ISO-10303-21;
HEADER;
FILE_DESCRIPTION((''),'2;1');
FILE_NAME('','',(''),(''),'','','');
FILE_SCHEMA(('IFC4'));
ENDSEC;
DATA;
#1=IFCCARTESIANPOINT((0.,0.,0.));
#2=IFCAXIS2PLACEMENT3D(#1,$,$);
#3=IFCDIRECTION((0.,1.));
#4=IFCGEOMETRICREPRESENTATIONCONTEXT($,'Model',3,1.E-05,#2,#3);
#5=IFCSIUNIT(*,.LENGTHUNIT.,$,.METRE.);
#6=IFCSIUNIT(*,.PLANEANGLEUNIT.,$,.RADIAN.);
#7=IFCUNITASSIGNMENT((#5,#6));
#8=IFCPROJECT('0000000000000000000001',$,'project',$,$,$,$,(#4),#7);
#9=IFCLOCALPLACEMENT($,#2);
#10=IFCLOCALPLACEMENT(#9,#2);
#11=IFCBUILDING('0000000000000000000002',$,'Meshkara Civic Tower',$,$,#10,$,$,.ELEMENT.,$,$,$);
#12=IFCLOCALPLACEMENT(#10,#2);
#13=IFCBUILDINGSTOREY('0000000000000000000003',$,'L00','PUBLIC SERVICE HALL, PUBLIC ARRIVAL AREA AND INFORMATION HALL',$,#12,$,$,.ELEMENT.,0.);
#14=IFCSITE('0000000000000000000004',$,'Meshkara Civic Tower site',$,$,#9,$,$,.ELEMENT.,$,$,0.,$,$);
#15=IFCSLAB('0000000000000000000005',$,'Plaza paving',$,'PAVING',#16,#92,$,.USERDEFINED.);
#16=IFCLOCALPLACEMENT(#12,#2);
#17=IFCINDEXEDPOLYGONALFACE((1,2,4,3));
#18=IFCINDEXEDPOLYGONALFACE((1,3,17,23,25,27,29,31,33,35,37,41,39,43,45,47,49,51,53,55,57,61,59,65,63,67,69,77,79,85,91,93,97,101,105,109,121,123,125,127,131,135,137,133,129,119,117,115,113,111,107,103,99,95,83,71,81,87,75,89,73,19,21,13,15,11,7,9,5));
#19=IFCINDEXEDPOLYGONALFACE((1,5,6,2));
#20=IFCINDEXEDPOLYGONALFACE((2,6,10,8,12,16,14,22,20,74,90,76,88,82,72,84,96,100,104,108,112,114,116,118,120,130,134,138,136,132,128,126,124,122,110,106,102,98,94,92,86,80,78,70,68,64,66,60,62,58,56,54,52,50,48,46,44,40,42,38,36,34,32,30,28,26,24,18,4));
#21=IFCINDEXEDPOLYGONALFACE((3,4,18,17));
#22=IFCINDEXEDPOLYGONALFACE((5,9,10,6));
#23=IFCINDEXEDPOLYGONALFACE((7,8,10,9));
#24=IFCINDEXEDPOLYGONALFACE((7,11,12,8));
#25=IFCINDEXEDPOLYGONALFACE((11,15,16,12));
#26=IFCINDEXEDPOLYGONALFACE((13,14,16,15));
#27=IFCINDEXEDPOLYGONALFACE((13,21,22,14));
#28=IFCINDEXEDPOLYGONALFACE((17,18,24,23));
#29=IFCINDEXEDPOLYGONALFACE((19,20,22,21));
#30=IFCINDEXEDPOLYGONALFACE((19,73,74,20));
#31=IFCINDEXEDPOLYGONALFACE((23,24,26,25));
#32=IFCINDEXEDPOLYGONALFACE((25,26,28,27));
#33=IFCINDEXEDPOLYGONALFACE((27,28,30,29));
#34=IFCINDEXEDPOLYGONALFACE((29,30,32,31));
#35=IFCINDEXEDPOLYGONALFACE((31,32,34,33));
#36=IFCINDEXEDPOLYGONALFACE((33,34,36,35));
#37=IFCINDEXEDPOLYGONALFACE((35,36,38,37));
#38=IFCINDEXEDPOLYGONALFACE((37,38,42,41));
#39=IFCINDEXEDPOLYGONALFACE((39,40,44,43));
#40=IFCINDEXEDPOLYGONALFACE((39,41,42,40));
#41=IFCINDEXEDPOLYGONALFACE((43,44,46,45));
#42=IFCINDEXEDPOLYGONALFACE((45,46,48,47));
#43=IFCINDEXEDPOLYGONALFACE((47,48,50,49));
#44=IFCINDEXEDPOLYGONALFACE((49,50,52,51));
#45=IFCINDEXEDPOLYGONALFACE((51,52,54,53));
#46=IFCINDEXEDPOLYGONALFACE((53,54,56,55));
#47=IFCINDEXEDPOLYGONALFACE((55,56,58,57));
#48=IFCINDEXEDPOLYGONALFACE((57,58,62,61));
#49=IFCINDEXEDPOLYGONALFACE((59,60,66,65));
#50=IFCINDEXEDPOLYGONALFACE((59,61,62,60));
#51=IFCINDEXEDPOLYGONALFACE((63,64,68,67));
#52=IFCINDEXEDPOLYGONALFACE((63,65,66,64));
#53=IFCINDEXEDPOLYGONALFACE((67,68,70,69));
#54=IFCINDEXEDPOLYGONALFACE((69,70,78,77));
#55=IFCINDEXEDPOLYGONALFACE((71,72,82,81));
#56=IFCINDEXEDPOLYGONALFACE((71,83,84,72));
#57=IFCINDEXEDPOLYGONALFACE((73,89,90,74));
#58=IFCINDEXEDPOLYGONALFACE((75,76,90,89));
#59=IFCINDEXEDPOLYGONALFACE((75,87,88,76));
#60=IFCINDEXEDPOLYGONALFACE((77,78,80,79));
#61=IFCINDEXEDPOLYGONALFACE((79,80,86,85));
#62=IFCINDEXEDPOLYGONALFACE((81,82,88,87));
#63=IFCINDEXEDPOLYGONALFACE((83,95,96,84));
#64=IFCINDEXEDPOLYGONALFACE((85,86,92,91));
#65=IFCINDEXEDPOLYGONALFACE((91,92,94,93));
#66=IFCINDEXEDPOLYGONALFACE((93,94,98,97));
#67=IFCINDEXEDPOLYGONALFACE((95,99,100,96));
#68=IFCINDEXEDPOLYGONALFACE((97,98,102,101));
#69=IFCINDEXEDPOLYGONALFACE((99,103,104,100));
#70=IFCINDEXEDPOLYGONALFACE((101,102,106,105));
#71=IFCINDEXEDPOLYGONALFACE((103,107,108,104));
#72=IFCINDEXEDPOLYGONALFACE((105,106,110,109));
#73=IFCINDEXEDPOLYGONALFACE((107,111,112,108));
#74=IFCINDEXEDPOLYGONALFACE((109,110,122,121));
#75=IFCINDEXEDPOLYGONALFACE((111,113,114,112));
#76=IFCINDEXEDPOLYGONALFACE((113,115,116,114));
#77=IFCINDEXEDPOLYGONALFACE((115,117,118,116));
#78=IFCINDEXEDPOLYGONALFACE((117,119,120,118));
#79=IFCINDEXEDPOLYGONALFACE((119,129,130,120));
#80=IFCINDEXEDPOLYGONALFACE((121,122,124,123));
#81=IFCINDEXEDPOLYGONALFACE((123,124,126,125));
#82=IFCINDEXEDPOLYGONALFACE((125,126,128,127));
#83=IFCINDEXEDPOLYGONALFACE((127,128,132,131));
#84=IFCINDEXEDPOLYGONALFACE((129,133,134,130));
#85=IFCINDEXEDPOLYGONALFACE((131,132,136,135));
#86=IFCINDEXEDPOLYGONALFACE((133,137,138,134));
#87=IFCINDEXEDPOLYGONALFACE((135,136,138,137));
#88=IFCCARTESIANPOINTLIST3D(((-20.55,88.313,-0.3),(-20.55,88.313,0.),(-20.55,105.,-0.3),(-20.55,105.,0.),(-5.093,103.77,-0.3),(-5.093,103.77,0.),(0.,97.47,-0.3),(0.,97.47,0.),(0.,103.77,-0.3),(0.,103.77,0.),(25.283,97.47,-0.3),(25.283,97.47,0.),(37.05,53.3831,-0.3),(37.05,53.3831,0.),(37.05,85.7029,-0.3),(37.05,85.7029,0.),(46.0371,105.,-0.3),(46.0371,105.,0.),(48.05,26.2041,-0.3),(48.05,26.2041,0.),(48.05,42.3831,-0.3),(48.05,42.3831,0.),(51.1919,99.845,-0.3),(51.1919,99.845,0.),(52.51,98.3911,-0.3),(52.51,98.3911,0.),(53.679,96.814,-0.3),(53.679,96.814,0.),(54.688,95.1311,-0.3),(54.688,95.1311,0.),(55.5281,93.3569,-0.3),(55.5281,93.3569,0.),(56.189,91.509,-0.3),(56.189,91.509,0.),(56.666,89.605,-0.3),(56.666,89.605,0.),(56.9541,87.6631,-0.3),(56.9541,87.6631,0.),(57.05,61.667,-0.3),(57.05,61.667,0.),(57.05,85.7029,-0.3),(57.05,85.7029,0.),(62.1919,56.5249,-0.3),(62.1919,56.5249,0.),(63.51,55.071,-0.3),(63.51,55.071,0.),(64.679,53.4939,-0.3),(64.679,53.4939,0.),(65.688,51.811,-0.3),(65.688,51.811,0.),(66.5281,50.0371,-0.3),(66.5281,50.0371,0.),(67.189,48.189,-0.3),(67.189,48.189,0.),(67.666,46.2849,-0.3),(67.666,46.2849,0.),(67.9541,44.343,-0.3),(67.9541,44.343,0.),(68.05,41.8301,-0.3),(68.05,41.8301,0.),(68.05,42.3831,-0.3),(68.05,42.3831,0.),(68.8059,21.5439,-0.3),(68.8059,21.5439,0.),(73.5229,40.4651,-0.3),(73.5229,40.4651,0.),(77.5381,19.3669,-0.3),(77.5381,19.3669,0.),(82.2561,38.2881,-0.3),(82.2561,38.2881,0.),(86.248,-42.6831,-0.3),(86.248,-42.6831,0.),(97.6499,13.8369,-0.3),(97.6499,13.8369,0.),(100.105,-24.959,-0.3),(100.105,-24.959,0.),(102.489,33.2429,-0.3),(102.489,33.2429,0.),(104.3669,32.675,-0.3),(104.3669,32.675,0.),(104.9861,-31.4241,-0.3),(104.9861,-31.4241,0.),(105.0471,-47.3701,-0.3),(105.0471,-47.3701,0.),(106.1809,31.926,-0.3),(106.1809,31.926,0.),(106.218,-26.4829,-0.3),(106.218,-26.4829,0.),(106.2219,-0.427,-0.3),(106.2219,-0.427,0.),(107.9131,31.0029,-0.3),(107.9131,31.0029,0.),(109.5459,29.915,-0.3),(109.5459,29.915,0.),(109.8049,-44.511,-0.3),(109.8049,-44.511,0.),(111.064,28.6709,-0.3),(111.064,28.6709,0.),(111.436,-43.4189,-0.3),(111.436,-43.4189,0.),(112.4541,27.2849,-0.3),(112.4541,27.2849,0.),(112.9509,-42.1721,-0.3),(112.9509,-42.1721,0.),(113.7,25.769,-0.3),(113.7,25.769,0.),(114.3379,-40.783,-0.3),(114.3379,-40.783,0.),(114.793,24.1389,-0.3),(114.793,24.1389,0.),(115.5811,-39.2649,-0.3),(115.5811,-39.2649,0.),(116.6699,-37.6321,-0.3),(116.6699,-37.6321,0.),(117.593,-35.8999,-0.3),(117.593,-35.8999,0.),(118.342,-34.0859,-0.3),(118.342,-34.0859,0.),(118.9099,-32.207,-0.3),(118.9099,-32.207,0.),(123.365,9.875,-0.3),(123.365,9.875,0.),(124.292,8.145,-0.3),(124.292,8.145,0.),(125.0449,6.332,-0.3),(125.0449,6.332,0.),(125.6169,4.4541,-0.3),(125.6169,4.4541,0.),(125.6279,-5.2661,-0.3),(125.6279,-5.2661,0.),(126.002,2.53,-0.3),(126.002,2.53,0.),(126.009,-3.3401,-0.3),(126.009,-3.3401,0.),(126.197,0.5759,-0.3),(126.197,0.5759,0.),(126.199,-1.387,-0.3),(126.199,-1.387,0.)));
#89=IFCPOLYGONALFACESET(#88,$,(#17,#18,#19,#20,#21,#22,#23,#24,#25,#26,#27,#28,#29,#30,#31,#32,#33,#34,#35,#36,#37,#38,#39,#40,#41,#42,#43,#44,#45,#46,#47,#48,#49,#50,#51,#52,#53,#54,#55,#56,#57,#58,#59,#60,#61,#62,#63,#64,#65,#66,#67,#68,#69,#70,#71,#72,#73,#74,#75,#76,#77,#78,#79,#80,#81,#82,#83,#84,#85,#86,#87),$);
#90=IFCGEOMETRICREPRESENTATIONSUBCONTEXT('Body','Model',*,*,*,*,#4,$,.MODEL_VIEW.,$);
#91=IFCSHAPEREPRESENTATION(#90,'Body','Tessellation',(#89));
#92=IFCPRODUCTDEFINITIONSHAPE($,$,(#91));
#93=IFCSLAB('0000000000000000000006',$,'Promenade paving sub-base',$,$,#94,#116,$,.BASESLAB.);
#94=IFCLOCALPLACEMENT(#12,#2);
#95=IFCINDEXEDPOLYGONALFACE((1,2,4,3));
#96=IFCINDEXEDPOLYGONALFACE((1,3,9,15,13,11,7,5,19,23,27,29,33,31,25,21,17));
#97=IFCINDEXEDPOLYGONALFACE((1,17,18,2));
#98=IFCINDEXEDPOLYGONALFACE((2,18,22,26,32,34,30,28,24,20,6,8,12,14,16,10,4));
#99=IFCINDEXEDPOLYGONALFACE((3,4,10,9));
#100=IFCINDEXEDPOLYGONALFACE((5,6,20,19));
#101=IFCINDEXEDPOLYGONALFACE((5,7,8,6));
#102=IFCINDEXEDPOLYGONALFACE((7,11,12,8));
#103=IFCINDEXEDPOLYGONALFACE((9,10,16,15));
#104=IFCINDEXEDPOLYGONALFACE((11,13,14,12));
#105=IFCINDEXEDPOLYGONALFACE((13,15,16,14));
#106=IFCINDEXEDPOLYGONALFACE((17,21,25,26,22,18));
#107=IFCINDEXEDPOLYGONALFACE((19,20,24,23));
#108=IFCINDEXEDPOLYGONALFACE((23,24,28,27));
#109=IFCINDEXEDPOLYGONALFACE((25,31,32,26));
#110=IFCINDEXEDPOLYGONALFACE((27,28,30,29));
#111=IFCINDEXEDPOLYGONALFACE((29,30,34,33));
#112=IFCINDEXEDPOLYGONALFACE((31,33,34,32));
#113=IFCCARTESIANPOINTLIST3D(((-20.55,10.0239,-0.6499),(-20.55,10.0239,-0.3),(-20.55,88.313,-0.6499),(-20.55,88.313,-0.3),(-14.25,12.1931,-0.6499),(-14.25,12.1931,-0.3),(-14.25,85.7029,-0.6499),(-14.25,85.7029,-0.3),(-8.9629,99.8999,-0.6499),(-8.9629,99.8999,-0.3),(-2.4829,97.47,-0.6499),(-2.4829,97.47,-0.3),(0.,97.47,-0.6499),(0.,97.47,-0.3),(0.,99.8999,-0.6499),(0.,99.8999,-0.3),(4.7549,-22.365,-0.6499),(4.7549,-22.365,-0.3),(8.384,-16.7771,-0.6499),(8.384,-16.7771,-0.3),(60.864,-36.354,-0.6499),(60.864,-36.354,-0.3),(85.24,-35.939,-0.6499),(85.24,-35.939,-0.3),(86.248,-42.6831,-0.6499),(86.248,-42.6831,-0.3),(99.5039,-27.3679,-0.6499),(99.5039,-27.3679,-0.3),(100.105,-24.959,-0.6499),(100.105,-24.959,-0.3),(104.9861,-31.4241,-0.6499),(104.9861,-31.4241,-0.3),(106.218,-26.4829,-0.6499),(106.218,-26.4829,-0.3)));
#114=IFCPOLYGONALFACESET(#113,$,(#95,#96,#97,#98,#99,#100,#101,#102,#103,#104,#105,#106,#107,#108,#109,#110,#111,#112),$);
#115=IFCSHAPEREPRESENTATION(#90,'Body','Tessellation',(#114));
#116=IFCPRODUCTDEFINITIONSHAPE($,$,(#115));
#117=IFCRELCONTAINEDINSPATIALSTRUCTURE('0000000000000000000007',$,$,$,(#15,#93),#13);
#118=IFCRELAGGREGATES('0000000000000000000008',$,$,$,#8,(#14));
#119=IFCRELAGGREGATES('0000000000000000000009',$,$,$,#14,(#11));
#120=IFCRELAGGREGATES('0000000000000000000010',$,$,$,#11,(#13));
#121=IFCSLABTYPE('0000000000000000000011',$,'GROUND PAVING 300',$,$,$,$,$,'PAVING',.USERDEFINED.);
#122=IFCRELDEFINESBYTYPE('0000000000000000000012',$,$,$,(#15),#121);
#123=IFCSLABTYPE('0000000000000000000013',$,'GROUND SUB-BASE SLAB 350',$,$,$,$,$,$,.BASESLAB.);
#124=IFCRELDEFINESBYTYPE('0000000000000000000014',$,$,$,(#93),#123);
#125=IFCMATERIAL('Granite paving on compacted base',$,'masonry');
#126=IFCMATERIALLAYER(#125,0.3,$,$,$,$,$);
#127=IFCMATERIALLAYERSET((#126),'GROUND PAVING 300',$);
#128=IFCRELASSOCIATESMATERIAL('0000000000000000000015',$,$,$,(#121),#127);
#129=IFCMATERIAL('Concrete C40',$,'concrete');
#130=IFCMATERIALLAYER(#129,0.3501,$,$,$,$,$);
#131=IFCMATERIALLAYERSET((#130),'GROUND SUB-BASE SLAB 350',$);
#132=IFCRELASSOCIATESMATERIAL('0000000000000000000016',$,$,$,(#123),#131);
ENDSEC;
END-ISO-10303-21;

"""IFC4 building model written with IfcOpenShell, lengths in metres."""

from ifc_helpers import new_model, si_unit, direction, frame, origin, place, context, subcontext, project, spatial, polyline, outline, extrude, material, layer, layer_set, type_object, element, save


model = new_model("IFC4")

# Units and contexts
model_context = context("Model", 3, precision=1e-05, world=origin(), true_north=direction((0.0, 1.0)))
body_context = subcontext(model_context, "Body", "Model", "MODEL_VIEW")
ifc_project = project(units=[si_unit("LENGTHUNIT", "METRE"), si_unit("PLANEANGLEUNIT", "RADIAN")], contexts=[model_context])

# Site, building, storey
site_placement = place(None, origin())
site = spatial("IfcSite", under=ifc_project, at=site_placement, Name="Meshkara Civic Tower site", CompositionType="ELEMENT", RefElevation=0.0)
building_placement = place(site_placement, origin())
building = spatial("IfcBuilding", under=site, at=building_placement, Name="Meshkara Civic Tower", CompositionType="ELEMENT")
storey_placement = place(building_placement, origin())
storey = spatial("IfcBuildingStorey", under=building, at=storey_placement, Name="L00", Description="PUBLIC SERVICE HALL, PUBLIC ARRIVAL AREA AND INFORMATION HALL", CompositionType="ELEMENT", Elevation=0.0)

# Slabs
ifc_material_1 = material(Name="Granite paving on compacted base", Category="masonry")
ifc_layer_1 = layer(ifc_material_1, 0.3)
ifc_layer_set_1 = layer_set([ifc_layer_1], Name="GROUND PAVING 300")
slab_type_1 = type_object("IfcSlabType", Name="GROUND PAVING 300", ElementType="PAVING", PredefinedType="USERDEFINED", material=ifc_layer_set_1)
slab_1_placement = place(storey_placement, frame((0.0, 0.0, -0.3)))
element("IfcSlab", 1, at=slab_1_placement, inside=storey, type_object=slab_type_1, Name="Plaza paving", ObjectType="PAVING", PredefinedType="USERDEFINED", context=body_context, shape_type="SweptSolid", body=[
    extrude(outline(polyline([(63.51, 55.071), (64.679, 53.4939), (65.688, 51.811), (66.5281, 50.0371), (67.189, 48.189), (67.666, 46.2849), (67.9541, 44.343), (68.05, 42.3831), (68.05, 41.8301), (73.5229, 40.4651), (68.8059, 21.5439), (77.5381, 19.3669), (82.2561, 38.2881), (102.489, 33.2429), (104.3669, 32.675), (106.1809, 31.926), (107.9131, 31.0029), (109.5459, 29.915), (111.064, 28.6709), (112.4541, 27.2849), (113.7, 25.769), (114.793, 24.1389), (123.365, 9.875), (124.292, 8.145), (125.0449, 6.332), (125.6169, 4.4541), (126.002, 2.53), (126.197, 0.5759), (126.199, -1.387), (126.009, -3.3401), (125.6279, -5.2661), (118.9099, -32.207), (118.342, -34.0859), (117.593, -35.8999), (116.6699, -37.6321), (115.5811, -39.2649), (114.3379, -40.783), (112.9509, -42.1721), (111.436, -43.4189), (109.8049, -44.511), (105.0471, -47.3701), (86.248, -42.6831), (104.9861, -31.4241), (106.218, -26.4829), (100.105, -24.959), (106.2219, -0.427), (97.6499, 13.8369), (48.05, 26.2041), (48.05, 42.3831), (37.05, 53.3831), (37.05, 85.7029), (25.283, 97.47), (0.0, 97.47), (0.0, 103.77), (-5.093, 103.77), (-20.55, 88.313), (-20.55, 105.0), (46.0371, 105.0), (51.1919, 99.845), (52.51, 98.3911), (53.679, 96.814), (54.688, 95.1311), (55.5281, 93.3569), (56.189, 91.509), (56.666, 89.605), (56.9541, 87.6631), (57.05, 85.7029), (57.05, 61.667), (62.1919, 56.5249), (63.51, 55.071)])), origin(), (0.0, 0.0, 1.0), 0.3),
])
ifc_material_2 = material(Name="Concrete C40", Category="concrete")
ifc_layer_2 = layer(ifc_material_2, 0.3501)
ifc_layer_set_2 = layer_set([ifc_layer_2], Name="GROUND SUB-BASE SLAB 350")
slab_type_2 = type_object("IfcSlabType", Name="GROUND SUB-BASE SLAB 350", PredefinedType="BASESLAB", material=ifc_layer_set_2)
slab_2_placement = place(storey_placement, frame((0.0, 0.0, -0.6499)))
element("IfcSlab", 2, at=slab_2_placement, inside=storey, type_object=slab_type_2, Name="Promenade paving sub-base", PredefinedType="BASESLAB", context=body_context, shape_type="SweptSolid", body=[
    extrude(outline(polyline([(4.7549, -22.365), (-20.55, 10.0239), (-20.55, 88.313), (-8.9629, 99.8999), (0.0, 99.8999), (0.0, 97.47), (-2.4829, 97.47), (-14.25, 85.7029), (-14.25, 12.1931), (8.384, -16.7771), (85.24, -35.939), (99.5039, -27.3679), (100.105, -24.959), (106.218, -26.4829), (104.9861, -31.4241), (86.248, -42.6831), (60.864, -36.354), (4.7549, -22.365)])), origin(), (0.0, 0.0, 1.0), 0.3499),
])

save(model, "model.ifc")
